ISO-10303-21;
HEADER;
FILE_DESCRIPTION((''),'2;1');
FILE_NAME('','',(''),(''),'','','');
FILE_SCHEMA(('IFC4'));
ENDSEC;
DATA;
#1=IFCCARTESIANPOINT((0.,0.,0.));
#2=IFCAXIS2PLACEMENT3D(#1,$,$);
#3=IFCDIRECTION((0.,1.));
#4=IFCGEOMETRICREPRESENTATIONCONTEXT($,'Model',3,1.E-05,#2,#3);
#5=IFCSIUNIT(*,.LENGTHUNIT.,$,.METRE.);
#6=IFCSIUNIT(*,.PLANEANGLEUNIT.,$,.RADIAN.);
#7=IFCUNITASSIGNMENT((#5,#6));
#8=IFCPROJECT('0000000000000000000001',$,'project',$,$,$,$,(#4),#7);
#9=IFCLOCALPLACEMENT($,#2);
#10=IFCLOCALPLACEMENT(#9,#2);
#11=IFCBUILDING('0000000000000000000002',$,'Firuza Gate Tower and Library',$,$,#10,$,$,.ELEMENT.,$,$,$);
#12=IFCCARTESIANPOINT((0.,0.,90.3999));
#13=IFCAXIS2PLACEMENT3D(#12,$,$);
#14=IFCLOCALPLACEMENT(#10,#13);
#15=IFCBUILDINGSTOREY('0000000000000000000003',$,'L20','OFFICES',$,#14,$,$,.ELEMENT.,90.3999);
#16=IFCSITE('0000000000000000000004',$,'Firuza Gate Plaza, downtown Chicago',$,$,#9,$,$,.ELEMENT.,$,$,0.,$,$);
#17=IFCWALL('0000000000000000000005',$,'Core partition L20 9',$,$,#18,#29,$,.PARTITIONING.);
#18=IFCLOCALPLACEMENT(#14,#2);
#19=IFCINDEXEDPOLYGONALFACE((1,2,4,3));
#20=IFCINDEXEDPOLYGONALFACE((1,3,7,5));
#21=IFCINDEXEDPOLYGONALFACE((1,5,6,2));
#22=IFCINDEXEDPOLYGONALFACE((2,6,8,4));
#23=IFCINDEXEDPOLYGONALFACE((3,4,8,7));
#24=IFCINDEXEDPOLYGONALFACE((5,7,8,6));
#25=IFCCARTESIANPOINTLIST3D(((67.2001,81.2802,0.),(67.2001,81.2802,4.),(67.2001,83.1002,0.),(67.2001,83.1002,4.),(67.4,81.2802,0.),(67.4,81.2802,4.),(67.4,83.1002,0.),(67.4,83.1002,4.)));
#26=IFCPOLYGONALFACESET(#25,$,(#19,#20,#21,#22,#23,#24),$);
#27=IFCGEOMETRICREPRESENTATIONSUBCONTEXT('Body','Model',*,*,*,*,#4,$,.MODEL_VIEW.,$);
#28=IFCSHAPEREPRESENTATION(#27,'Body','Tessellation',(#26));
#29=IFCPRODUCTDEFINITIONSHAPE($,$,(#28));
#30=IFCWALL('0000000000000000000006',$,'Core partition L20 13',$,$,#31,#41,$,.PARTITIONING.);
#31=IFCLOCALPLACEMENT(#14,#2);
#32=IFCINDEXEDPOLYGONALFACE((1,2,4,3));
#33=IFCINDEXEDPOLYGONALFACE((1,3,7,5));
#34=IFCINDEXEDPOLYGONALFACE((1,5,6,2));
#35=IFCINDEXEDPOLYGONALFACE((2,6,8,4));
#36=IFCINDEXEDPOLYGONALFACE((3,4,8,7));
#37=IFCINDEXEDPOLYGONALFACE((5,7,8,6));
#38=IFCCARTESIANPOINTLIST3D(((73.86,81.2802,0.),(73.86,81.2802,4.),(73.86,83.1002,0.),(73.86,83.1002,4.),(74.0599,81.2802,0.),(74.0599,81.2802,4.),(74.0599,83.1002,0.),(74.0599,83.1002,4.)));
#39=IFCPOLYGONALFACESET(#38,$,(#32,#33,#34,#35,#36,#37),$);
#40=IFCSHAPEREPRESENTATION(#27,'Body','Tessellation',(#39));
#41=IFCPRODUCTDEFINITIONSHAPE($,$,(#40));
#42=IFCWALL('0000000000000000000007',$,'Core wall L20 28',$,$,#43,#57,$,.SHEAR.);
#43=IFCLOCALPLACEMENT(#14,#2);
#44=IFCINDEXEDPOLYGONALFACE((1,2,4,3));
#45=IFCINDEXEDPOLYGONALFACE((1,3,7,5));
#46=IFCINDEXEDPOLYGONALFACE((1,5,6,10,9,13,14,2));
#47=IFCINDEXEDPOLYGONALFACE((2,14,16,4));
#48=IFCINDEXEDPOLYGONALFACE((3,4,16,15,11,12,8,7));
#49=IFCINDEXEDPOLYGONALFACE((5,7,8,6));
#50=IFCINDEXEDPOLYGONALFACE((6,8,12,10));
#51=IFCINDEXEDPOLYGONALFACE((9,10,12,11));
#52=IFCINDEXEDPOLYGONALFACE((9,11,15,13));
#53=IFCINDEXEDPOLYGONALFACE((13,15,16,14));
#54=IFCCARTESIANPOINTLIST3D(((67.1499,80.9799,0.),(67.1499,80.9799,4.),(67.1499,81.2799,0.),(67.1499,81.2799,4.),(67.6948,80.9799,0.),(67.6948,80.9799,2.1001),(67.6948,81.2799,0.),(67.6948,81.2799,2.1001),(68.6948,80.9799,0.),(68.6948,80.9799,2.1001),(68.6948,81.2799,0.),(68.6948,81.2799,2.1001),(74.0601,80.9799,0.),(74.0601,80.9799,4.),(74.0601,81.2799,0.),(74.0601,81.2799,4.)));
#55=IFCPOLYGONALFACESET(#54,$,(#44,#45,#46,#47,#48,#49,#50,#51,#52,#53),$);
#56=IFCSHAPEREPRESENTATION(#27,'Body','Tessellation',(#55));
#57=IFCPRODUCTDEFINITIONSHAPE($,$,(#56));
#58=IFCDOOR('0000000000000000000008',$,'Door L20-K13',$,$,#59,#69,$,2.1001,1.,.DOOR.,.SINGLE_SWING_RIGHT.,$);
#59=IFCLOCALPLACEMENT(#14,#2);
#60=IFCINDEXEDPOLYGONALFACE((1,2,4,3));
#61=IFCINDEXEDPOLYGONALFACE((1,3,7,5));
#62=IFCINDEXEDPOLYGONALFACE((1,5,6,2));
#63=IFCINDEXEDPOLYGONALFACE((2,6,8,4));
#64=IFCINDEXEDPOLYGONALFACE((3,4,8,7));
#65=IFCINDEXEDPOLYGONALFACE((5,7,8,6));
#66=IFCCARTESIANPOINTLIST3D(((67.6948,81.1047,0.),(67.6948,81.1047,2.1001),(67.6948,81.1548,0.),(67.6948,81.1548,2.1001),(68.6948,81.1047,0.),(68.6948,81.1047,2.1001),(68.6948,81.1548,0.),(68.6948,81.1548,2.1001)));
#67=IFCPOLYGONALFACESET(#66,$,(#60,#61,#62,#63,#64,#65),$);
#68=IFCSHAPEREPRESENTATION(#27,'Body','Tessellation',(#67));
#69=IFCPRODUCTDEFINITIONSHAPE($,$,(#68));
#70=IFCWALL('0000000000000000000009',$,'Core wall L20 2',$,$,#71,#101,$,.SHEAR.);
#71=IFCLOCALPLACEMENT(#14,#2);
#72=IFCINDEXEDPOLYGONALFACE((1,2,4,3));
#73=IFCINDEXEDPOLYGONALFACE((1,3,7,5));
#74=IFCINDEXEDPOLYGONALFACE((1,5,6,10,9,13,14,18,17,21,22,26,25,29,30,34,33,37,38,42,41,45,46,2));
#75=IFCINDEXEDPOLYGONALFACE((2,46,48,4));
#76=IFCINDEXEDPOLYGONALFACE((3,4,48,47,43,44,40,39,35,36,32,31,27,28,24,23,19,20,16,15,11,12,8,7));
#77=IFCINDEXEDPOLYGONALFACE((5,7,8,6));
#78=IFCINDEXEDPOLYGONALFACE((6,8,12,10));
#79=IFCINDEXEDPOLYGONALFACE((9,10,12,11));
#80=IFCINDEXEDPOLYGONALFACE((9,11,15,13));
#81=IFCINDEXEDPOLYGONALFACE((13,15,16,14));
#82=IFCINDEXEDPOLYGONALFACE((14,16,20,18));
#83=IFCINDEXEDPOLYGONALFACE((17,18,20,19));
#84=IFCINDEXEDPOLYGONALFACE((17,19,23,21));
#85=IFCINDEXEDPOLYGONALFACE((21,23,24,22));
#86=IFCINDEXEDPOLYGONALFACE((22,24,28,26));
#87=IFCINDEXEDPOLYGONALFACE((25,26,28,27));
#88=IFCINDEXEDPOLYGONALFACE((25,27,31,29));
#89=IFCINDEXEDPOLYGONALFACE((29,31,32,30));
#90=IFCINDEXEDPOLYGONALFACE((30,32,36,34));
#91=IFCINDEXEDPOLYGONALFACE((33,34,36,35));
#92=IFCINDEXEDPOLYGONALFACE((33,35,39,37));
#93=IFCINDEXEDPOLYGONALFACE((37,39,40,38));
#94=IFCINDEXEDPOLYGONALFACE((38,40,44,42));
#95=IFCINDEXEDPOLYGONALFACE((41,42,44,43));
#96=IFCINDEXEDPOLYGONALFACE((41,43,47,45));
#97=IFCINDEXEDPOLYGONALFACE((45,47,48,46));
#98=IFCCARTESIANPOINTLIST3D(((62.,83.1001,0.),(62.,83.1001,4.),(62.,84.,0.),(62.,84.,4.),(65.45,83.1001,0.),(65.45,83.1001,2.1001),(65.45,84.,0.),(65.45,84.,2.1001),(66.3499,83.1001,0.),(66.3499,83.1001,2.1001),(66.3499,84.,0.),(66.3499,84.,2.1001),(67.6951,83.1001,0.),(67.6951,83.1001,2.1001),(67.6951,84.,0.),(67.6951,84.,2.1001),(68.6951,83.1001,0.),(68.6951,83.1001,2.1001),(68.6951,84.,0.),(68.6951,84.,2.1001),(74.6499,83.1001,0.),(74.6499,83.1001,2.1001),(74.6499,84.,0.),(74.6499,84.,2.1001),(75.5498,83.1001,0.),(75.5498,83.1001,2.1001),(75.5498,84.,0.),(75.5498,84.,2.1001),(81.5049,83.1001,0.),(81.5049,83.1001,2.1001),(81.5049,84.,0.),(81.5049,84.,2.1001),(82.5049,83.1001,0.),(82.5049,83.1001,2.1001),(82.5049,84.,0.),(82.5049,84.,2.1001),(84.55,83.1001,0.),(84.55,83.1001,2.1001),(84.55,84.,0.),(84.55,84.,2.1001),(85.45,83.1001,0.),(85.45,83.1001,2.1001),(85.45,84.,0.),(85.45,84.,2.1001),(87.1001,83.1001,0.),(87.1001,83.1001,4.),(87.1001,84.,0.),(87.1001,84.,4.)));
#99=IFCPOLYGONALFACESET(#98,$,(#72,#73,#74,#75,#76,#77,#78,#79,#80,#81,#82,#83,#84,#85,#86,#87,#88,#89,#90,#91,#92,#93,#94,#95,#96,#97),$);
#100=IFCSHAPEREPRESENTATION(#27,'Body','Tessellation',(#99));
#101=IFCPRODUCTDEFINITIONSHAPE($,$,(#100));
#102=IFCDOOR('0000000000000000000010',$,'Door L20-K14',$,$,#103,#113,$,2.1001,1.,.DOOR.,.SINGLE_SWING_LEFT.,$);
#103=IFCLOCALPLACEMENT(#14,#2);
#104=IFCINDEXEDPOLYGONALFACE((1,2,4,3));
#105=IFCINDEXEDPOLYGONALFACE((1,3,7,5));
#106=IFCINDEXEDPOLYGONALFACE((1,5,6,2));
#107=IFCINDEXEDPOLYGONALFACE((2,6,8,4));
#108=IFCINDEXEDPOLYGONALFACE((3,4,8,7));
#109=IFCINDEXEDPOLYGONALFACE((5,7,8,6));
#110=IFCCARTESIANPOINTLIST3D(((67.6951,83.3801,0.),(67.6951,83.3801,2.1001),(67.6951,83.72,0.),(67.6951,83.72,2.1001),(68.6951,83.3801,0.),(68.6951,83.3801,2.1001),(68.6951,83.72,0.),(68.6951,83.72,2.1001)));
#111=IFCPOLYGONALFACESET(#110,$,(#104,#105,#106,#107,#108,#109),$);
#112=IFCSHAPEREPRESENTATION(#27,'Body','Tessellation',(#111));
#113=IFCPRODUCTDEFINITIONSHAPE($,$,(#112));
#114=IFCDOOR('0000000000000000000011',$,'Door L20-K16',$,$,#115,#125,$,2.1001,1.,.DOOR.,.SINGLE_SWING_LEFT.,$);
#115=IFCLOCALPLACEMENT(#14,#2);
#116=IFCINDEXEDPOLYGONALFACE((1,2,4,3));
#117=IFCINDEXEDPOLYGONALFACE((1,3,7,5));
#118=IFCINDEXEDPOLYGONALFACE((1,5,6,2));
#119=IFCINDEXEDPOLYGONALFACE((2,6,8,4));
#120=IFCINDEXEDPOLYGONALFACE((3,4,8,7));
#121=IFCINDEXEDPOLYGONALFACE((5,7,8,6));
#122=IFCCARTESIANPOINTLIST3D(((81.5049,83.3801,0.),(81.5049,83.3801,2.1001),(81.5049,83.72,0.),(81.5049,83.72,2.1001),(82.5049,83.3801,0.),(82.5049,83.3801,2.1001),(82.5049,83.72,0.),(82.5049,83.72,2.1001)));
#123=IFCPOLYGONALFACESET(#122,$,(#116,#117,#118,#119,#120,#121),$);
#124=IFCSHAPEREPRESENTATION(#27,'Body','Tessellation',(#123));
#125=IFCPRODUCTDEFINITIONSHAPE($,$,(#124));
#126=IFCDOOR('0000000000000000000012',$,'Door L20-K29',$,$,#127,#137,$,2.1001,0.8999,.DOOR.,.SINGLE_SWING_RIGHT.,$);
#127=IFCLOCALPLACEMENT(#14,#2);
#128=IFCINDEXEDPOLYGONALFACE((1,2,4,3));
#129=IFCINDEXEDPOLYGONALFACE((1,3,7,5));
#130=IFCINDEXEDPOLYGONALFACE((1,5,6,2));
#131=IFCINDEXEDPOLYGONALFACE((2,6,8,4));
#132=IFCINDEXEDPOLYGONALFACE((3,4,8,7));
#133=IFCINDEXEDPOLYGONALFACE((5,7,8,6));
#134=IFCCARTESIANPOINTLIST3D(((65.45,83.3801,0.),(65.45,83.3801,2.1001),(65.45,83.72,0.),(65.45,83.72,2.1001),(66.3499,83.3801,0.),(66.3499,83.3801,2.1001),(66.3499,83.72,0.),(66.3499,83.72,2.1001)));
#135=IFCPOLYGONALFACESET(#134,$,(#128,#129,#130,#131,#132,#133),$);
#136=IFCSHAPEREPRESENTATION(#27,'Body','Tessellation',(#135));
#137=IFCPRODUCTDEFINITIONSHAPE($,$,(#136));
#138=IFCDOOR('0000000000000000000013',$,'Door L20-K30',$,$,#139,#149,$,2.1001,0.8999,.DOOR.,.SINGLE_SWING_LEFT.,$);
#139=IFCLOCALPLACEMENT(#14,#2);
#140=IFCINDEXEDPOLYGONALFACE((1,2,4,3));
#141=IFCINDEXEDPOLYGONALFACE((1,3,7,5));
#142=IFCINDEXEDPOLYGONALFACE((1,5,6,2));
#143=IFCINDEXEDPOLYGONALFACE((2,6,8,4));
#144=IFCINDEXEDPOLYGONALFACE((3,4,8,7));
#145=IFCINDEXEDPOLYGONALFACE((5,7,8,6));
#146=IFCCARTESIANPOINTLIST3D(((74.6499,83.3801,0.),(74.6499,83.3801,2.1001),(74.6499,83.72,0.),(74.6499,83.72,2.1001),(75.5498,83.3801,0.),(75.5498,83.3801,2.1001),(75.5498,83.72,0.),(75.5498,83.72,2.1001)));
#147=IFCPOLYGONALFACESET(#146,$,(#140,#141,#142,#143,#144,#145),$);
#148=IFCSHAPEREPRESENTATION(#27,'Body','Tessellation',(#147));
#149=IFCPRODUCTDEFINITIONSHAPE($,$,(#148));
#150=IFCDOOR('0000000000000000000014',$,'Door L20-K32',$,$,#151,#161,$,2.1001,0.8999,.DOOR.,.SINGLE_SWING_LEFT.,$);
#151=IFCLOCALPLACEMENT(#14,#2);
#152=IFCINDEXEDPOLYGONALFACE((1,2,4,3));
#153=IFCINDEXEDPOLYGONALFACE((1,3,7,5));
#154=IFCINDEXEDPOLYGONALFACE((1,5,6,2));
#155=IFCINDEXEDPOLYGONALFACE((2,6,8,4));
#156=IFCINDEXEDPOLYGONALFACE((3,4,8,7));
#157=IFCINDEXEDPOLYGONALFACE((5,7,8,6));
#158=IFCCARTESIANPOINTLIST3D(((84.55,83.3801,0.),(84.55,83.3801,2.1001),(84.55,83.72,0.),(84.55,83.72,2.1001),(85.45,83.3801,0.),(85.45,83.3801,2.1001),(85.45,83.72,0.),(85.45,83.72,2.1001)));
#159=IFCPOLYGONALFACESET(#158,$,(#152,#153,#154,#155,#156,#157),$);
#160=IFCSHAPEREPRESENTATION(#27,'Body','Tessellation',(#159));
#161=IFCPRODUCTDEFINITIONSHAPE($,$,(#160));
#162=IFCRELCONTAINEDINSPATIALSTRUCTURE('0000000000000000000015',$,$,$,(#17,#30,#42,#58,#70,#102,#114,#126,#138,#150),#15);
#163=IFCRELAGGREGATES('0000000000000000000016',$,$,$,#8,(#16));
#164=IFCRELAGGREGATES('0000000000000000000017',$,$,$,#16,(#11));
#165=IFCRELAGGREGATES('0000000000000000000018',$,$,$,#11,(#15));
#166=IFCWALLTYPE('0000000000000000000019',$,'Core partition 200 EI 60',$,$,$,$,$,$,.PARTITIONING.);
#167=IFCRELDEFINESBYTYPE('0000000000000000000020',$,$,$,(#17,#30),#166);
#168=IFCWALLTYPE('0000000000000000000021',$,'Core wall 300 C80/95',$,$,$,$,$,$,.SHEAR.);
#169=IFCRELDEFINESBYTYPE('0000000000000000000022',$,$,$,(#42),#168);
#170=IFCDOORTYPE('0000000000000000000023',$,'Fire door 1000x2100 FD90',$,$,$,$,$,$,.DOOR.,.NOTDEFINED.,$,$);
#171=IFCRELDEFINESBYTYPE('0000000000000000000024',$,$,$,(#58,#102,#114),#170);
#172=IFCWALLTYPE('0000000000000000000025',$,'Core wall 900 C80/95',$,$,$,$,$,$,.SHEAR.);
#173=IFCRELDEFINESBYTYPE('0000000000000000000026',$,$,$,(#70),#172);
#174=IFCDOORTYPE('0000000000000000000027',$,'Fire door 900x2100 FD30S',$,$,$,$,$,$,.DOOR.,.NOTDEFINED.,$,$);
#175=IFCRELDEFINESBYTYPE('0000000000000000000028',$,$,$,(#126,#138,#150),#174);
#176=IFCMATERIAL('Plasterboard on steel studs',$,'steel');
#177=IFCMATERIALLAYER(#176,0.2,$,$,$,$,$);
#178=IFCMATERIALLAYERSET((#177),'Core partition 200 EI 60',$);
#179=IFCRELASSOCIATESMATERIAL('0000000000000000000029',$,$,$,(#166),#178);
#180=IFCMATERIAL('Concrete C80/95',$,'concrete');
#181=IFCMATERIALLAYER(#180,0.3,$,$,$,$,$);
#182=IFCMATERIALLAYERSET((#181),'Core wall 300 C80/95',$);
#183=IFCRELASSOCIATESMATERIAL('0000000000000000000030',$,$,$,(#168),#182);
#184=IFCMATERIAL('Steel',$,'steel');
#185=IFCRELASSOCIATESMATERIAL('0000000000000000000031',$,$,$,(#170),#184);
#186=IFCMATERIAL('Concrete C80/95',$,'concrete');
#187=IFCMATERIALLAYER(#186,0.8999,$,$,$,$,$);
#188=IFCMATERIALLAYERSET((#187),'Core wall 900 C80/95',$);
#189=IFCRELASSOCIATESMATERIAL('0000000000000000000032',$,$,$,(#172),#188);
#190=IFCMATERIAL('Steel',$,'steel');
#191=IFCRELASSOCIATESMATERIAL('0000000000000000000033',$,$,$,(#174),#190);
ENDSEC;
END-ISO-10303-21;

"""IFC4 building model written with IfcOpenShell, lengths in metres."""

from ifc_helpers import new_model, si_unit, direction, frame, frame_2d, origin, place, context, subcontext, project, spatial, rectangle, extrude, material, layer, layer_set, type_object, element, fill, save


model = new_model("IFC4")

# Units and contexts
model_context = context("Model", 3, precision=1e-05, world=origin(), true_north=direction((0.0, 1.0)))
body_context = subcontext(model_context, "Body", "Model", "MODEL_VIEW")
ifc_project = project(units=[si_unit("LENGTHUNIT", "METRE"), si_unit("PLANEANGLEUNIT", "RADIAN")], contexts=[model_context])

# Site, building, storey
site_placement = place(None, origin())
site = spatial("IfcSite", under=ifc_project, at=site_placement, Name="Firuza Gate Plaza, downtown Chicago", CompositionType="ELEMENT", RefElevation=0.0)
building_placement = place(site_placement, origin())
building = spatial("IfcBuilding", under=site, at=building_placement, Name="Firuza Gate Tower and Library", CompositionType="ELEMENT")
storey_placement = place(building_placement, frame((0.0, 0.0, 90.3999)))
storey = spatial("IfcBuildingStorey", under=building, at=storey_placement, Name="L20", Description="OFFICES", CompositionType="ELEMENT", Elevation=90.3999)

# Walls
ifc_material_1 = material(Name="Plasterboard on steel studs", Category="steel")
ifc_layer_1 = layer(ifc_material_1, 0.2)
ifc_layer_set_1 = layer_set([ifc_layer_1], Name="Core partition 200 EI 60")
wall_type_1 = type_object("IfcWallType", Name="Core partition 200 EI 60", PredefinedType="PARTITIONING", material=ifc_layer_set_1)
for number, where, z_axis, x_axis, name in (
    (1, (67.3, 81.28, 0.0), (0.0, 0.0, 1.0), (0.0, 1.0, 0.0), "Core partition L20 9"),
    (2, (73.96, 81.28, 0.0), (0.0, 0.0, 1.0), (0.0, 1.0, 0.0), "Core partition L20 13"),
):
    element("IfcWall", number, at=place(storey_placement, frame(where, z_axis=z_axis, x_axis=x_axis)), inside=storey, type_object=wall_type_1, Name=name, PredefinedType="PARTITIONING", context=body_context, shape_type="SweptSolid", body=[
        extrude(rectangle(XDim=1.8201, YDim=0.2, at=frame_2d((0.9102, 0.0))), origin(), (0.0, 0.0, 1.0), 4.0),
    ])

# Wall, opening, door
ifc_material_2 = material(Name="Concrete C80/95", Category="concrete")
ifc_layer_2 = layer(ifc_material_2, 0.3)
ifc_layer_set_2 = layer_set([ifc_layer_2], Name="Core wall 300 C80/95")
wall_type_2 = type_object("IfcWallType", Name="Core wall 300 C80/95", PredefinedType="SHEAR", material=ifc_layer_set_2)
wall_1_placement = place(storey_placement, frame((67.1499, 81.1299, 0.0), z_axis=(0.0, 0.0, 1.0), x_axis=(1.0, 0.0, 0.0)))
wall_1 = element("IfcWall", 3, at=wall_1_placement, inside=storey, type_object=wall_type_2, Name="Core wall L20 28", PredefinedType="SHEAR", context=body_context, shape_type="SweptSolid", body=[
    extrude(rectangle(XDim=6.9102, YDim=0.3, at=frame_2d((3.4551, 0.0))), origin(), (0.0, 0.0, 1.0), 4.0),
])
opening_1_placement = place(wall_1_placement, frame((0.5449, 0.0, 0.0)))
opening_1 = element("IfcOpeningElement", 4, at=opening_1_placement, cuts=wall_1, PredefinedType="OPENING", context=body_context, shape_type="SweptSolid", body=[
    extrude(rectangle(XDim=1.0, YDim=2.1001, at=frame_2d((0.5, 1.05))), frame((0.0, 0.1602, 0.0), z_axis=(0.0, -1.0, 0.0), x_axis=(1.0, 0.0, 0.0)), (0.0, 0.0, 1.0), 0.3201),
])
ifc_material_3 = material(Name="Steel", Category="steel")
door_type_1 = type_object("IfcDoorType", Name="Fire door 1000x2100 FD90", OperationType="NOTDEFINED", PredefinedType="DOOR", material=ifc_material_3)
door_1_placement = place(opening_1_placement, origin())
door_1 = element("IfcDoor", 5, at=door_1_placement, inside=storey, type_object=door_type_1, Name="Door L20-K13", OperationType="SINGLE_SWING_RIGHT", OverallHeight=2.1001, OverallWidth=1.0, PredefinedType="DOOR", context=body_context, shape_type="SweptSolid", body=[
    extrude(rectangle(XDim=1.0, YDim=2.1001, at=frame_2d((0.5, 1.05))), frame((0.0, 0.0249, 0.0), z_axis=(0.0, -1.0, 0.0), x_axis=(1.0, 0.0, 0.0)), (0.0, 0.0, 1.0), 0.05),
])
fill(opening_1, door_1)

# Wall, openings, doors
ifc_material_4 = material(Name="Concrete C80/95", Category="concrete")
ifc_layer_3 = layer(ifc_material_4, 0.8999)
ifc_layer_set_3 = layer_set([ifc_layer_3], Name="Core wall 900 C80/95")
wall_type_3 = type_object("IfcWallType", Name="Core wall 900 C80/95", PredefinedType="SHEAR", material=ifc_layer_set_3)
wall_2_placement = place(storey_placement, frame((62.0, 83.55, 0.0), z_axis=(0.0, 0.0, 1.0), x_axis=(1.0, 0.0, 0.0)))
wall_2 = element("IfcWall", 6, at=wall_2_placement, inside=storey, type_object=wall_type_3, Name="Core wall L20 2", PredefinedType="SHEAR", context=body_context, shape_type="SweptSolid", body=[
    extrude(rectangle(XDim=25.1001, YDim=0.8999, at=frame_2d((12.55, 0.0))), origin(), (0.0, 0.0, 1.0), 4.0),
])
opening_2_placement = place(wall_2_placement, frame((5.6951, 0.0, 0.0)))
opening_2 = element("IfcOpeningElement", 7, at=opening_2_placement, cuts=wall_2, PredefinedType="OPENING", context=body_context, shape_type="SweptSolid", body=[
    extrude(rectangle(XDim=1.0, YDim=2.1001, at=frame_2d((0.5, 1.05))), frame((0.0, 0.46, 0.0), z_axis=(0.0, -1.0, 0.0), x_axis=(1.0, 0.0, 0.0)), (0.0, 0.0, 1.0), 0.9199),
])
opening_3_placement = place(wall_2_placement, frame((19.5049, 0.0, 0.0)))
opening_3 = element("IfcOpeningElement", 8, at=opening_3_placement, cuts=wall_2, PredefinedType="OPENING", context=body_context, shape_type="SweptSolid", body=[
    extrude(rectangle(XDim=1.0, YDim=2.1001, at=frame_2d((0.5, 1.05))), frame((0.0, 0.46, 0.0), z_axis=(0.0, -1.0, 0.0), x_axis=(1.0, 0.0, 0.0)), (0.0, 0.0, 1.0), 0.9199),
])
opening_4_placement = place(wall_2_placement, frame((3.45, 0.0, 0.0)))
opening_4 = element("IfcOpeningElement", 9, at=opening_4_placement, cuts=wall_2, PredefinedType="OPENING", context=body_context, shape_type="SweptSolid", body=[
    extrude(rectangle(XDim=0.8999, YDim=2.1001, at=frame_2d((0.45, 1.05))), frame((0.0, 0.46, 0.0), z_axis=(0.0, -1.0, 0.0), x_axis=(1.0, 0.0, 0.0)), (0.0, 0.0, 1.0), 0.9199),
])
opening_5_placement = place(wall_2_placement, frame((12.6499, 0.0, 0.0)))
opening_5 = element("IfcOpeningElement", 10, at=opening_5_placement, cuts=wall_2, PredefinedType="OPENING", context=body_context, shape_type="SweptSolid", body=[
    extrude(rectangle(XDim=0.8999, YDim=2.1001, at=frame_2d((0.45, 1.05))), frame((0.0, 0.46, 0.0), z_axis=(0.0, -1.0, 0.0), x_axis=(1.0, 0.0, 0.0)), (0.0, 0.0, 1.0), 0.9199),
])
opening_6_placement = place(wall_2_placement, frame((22.55, 0.0, 0.0)))
opening_6 = element("IfcOpeningElement", 11, at=opening_6_placement, cuts=wall_2, PredefinedType="OPENING", context=body_context, shape_type="SweptSolid", body=[
    extrude(rectangle(XDim=0.8999, YDim=2.1001, at=frame_2d((0.45, 1.05))), frame((0.0, 0.46, 0.0), z_axis=(0.0, -1.0, 0.0), x_axis=(1.0, 0.0, 0.0)), (0.0, 0.0, 1.0), 0.9199),
])
door_2_placement = place(opening_2_placement, origin())
door_2 = element("IfcDoor", 12, at=door_2_placement, inside=storey, type_object=door_type_1, Name="Door L20-K14", OperationType="SINGLE_SWING_LEFT", OverallHeight=2.1001, OverallWidth=1.0, PredefinedType="DOOR", context=body_context, shape_type="SweptSolid", body=[
    extrude(rectangle(XDim=1.0, YDim=2.1001, at=frame_2d((0.5, 1.05))), frame((0.0, 0.1699, 0.0), z_axis=(0.0, -1.0, 0.0), x_axis=(1.0, 0.0, 0.0)), (0.0, 0.0, 1.0), 0.3398),
])
fill(opening_2, door_2)
door_3_placement = place(opening_3_placement, origin())
door_3 = element("IfcDoor", 13, at=door_3_placement, inside=storey, type_object=door_type_1, Name="Door L20-K16", OperationType="SINGLE_SWING_LEFT", OverallHeight=2.1001, OverallWidth=1.0, PredefinedType="DOOR", context=body_context, shape_type="SweptSolid", body=[
    extrude(rectangle(XDim=1.0, YDim=2.1001, at=frame_2d((0.5, 1.05))), frame((0.0, 0.1699, 0.0), z_axis=(0.0, -1.0, 0.0), x_axis=(1.0, 0.0, 0.0)), (0.0, 0.0, 1.0), 0.3398),
])
fill(opening_3, door_3)
ifc_material_5 = material(Name="Steel", Category="steel")
door_type_2 = type_object("IfcDoorType", Name="Fire door 900x2100 FD30S", OperationType="NOTDEFINED", PredefinedType="DOOR", material=ifc_material_5)
door_4_placement = place(opening_4_placement, origin())
door_4 = element("IfcDoor", 14, at=door_4_placement, inside=storey, type_object=door_type_2, Name="Door L20-K29", OperationType="SINGLE_SWING_RIGHT", OverallHeight=2.1001, OverallWidth=0.8999, PredefinedType="DOOR", context=body_context, shape_type="SweptSolid", body=[
    extrude(rectangle(XDim=0.8999, YDim=2.1001, at=frame_2d((0.45, 1.05))), frame((0.0, 0.1699, 0.0), z_axis=(0.0, -1.0, 0.0), x_axis=(1.0, 0.0, 0.0)), (0.0, 0.0, 1.0), 0.3398),
])
fill(opening_4, door_4)
door_5_placement = place(opening_5_placement, origin())
door_5 = element("IfcDoor", 15, at=door_5_placement, inside=storey, type_object=door_type_2, Name="Door L20-K30", OperationType="SINGLE_SWING_LEFT", OverallHeight=2.1001, OverallWidth=0.8999, PredefinedType="DOOR", context=body_context, shape_type="SweptSolid", body=[
    extrude(rectangle(XDim=0.8999, YDim=2.1001, at=frame_2d((0.45, 1.05))), frame((0.0, 0.1699, 0.0), z_axis=(0.0, -1.0, 0.0), x_axis=(1.0, 0.0, 0.0)), (0.0, 0.0, 1.0), 0.3398),
])
fill(opening_5, door_5)
door_6_placement = place(opening_6_placement, origin())
door_6 = element("IfcDoor", 16, at=door_6_placement, inside=storey, type_object=door_type_2, Name="Door L20-K32", OperationType="SINGLE_SWING_LEFT", OverallHeight=2.1001, OverallWidth=0.8999, PredefinedType="DOOR", context=body_context, shape_type="SweptSolid", body=[
    extrude(rectangle(XDim=0.8999, YDim=2.1001, at=frame_2d((0.45, 1.05))), frame((0.0, 0.1699, 0.0), z_axis=(0.0, -1.0, 0.0), x_axis=(1.0, 0.0, 0.0)), (0.0, 0.0, 1.0), 0.3398),
])
fill(opening_6, door_6)

save(model, "model.ifc")
